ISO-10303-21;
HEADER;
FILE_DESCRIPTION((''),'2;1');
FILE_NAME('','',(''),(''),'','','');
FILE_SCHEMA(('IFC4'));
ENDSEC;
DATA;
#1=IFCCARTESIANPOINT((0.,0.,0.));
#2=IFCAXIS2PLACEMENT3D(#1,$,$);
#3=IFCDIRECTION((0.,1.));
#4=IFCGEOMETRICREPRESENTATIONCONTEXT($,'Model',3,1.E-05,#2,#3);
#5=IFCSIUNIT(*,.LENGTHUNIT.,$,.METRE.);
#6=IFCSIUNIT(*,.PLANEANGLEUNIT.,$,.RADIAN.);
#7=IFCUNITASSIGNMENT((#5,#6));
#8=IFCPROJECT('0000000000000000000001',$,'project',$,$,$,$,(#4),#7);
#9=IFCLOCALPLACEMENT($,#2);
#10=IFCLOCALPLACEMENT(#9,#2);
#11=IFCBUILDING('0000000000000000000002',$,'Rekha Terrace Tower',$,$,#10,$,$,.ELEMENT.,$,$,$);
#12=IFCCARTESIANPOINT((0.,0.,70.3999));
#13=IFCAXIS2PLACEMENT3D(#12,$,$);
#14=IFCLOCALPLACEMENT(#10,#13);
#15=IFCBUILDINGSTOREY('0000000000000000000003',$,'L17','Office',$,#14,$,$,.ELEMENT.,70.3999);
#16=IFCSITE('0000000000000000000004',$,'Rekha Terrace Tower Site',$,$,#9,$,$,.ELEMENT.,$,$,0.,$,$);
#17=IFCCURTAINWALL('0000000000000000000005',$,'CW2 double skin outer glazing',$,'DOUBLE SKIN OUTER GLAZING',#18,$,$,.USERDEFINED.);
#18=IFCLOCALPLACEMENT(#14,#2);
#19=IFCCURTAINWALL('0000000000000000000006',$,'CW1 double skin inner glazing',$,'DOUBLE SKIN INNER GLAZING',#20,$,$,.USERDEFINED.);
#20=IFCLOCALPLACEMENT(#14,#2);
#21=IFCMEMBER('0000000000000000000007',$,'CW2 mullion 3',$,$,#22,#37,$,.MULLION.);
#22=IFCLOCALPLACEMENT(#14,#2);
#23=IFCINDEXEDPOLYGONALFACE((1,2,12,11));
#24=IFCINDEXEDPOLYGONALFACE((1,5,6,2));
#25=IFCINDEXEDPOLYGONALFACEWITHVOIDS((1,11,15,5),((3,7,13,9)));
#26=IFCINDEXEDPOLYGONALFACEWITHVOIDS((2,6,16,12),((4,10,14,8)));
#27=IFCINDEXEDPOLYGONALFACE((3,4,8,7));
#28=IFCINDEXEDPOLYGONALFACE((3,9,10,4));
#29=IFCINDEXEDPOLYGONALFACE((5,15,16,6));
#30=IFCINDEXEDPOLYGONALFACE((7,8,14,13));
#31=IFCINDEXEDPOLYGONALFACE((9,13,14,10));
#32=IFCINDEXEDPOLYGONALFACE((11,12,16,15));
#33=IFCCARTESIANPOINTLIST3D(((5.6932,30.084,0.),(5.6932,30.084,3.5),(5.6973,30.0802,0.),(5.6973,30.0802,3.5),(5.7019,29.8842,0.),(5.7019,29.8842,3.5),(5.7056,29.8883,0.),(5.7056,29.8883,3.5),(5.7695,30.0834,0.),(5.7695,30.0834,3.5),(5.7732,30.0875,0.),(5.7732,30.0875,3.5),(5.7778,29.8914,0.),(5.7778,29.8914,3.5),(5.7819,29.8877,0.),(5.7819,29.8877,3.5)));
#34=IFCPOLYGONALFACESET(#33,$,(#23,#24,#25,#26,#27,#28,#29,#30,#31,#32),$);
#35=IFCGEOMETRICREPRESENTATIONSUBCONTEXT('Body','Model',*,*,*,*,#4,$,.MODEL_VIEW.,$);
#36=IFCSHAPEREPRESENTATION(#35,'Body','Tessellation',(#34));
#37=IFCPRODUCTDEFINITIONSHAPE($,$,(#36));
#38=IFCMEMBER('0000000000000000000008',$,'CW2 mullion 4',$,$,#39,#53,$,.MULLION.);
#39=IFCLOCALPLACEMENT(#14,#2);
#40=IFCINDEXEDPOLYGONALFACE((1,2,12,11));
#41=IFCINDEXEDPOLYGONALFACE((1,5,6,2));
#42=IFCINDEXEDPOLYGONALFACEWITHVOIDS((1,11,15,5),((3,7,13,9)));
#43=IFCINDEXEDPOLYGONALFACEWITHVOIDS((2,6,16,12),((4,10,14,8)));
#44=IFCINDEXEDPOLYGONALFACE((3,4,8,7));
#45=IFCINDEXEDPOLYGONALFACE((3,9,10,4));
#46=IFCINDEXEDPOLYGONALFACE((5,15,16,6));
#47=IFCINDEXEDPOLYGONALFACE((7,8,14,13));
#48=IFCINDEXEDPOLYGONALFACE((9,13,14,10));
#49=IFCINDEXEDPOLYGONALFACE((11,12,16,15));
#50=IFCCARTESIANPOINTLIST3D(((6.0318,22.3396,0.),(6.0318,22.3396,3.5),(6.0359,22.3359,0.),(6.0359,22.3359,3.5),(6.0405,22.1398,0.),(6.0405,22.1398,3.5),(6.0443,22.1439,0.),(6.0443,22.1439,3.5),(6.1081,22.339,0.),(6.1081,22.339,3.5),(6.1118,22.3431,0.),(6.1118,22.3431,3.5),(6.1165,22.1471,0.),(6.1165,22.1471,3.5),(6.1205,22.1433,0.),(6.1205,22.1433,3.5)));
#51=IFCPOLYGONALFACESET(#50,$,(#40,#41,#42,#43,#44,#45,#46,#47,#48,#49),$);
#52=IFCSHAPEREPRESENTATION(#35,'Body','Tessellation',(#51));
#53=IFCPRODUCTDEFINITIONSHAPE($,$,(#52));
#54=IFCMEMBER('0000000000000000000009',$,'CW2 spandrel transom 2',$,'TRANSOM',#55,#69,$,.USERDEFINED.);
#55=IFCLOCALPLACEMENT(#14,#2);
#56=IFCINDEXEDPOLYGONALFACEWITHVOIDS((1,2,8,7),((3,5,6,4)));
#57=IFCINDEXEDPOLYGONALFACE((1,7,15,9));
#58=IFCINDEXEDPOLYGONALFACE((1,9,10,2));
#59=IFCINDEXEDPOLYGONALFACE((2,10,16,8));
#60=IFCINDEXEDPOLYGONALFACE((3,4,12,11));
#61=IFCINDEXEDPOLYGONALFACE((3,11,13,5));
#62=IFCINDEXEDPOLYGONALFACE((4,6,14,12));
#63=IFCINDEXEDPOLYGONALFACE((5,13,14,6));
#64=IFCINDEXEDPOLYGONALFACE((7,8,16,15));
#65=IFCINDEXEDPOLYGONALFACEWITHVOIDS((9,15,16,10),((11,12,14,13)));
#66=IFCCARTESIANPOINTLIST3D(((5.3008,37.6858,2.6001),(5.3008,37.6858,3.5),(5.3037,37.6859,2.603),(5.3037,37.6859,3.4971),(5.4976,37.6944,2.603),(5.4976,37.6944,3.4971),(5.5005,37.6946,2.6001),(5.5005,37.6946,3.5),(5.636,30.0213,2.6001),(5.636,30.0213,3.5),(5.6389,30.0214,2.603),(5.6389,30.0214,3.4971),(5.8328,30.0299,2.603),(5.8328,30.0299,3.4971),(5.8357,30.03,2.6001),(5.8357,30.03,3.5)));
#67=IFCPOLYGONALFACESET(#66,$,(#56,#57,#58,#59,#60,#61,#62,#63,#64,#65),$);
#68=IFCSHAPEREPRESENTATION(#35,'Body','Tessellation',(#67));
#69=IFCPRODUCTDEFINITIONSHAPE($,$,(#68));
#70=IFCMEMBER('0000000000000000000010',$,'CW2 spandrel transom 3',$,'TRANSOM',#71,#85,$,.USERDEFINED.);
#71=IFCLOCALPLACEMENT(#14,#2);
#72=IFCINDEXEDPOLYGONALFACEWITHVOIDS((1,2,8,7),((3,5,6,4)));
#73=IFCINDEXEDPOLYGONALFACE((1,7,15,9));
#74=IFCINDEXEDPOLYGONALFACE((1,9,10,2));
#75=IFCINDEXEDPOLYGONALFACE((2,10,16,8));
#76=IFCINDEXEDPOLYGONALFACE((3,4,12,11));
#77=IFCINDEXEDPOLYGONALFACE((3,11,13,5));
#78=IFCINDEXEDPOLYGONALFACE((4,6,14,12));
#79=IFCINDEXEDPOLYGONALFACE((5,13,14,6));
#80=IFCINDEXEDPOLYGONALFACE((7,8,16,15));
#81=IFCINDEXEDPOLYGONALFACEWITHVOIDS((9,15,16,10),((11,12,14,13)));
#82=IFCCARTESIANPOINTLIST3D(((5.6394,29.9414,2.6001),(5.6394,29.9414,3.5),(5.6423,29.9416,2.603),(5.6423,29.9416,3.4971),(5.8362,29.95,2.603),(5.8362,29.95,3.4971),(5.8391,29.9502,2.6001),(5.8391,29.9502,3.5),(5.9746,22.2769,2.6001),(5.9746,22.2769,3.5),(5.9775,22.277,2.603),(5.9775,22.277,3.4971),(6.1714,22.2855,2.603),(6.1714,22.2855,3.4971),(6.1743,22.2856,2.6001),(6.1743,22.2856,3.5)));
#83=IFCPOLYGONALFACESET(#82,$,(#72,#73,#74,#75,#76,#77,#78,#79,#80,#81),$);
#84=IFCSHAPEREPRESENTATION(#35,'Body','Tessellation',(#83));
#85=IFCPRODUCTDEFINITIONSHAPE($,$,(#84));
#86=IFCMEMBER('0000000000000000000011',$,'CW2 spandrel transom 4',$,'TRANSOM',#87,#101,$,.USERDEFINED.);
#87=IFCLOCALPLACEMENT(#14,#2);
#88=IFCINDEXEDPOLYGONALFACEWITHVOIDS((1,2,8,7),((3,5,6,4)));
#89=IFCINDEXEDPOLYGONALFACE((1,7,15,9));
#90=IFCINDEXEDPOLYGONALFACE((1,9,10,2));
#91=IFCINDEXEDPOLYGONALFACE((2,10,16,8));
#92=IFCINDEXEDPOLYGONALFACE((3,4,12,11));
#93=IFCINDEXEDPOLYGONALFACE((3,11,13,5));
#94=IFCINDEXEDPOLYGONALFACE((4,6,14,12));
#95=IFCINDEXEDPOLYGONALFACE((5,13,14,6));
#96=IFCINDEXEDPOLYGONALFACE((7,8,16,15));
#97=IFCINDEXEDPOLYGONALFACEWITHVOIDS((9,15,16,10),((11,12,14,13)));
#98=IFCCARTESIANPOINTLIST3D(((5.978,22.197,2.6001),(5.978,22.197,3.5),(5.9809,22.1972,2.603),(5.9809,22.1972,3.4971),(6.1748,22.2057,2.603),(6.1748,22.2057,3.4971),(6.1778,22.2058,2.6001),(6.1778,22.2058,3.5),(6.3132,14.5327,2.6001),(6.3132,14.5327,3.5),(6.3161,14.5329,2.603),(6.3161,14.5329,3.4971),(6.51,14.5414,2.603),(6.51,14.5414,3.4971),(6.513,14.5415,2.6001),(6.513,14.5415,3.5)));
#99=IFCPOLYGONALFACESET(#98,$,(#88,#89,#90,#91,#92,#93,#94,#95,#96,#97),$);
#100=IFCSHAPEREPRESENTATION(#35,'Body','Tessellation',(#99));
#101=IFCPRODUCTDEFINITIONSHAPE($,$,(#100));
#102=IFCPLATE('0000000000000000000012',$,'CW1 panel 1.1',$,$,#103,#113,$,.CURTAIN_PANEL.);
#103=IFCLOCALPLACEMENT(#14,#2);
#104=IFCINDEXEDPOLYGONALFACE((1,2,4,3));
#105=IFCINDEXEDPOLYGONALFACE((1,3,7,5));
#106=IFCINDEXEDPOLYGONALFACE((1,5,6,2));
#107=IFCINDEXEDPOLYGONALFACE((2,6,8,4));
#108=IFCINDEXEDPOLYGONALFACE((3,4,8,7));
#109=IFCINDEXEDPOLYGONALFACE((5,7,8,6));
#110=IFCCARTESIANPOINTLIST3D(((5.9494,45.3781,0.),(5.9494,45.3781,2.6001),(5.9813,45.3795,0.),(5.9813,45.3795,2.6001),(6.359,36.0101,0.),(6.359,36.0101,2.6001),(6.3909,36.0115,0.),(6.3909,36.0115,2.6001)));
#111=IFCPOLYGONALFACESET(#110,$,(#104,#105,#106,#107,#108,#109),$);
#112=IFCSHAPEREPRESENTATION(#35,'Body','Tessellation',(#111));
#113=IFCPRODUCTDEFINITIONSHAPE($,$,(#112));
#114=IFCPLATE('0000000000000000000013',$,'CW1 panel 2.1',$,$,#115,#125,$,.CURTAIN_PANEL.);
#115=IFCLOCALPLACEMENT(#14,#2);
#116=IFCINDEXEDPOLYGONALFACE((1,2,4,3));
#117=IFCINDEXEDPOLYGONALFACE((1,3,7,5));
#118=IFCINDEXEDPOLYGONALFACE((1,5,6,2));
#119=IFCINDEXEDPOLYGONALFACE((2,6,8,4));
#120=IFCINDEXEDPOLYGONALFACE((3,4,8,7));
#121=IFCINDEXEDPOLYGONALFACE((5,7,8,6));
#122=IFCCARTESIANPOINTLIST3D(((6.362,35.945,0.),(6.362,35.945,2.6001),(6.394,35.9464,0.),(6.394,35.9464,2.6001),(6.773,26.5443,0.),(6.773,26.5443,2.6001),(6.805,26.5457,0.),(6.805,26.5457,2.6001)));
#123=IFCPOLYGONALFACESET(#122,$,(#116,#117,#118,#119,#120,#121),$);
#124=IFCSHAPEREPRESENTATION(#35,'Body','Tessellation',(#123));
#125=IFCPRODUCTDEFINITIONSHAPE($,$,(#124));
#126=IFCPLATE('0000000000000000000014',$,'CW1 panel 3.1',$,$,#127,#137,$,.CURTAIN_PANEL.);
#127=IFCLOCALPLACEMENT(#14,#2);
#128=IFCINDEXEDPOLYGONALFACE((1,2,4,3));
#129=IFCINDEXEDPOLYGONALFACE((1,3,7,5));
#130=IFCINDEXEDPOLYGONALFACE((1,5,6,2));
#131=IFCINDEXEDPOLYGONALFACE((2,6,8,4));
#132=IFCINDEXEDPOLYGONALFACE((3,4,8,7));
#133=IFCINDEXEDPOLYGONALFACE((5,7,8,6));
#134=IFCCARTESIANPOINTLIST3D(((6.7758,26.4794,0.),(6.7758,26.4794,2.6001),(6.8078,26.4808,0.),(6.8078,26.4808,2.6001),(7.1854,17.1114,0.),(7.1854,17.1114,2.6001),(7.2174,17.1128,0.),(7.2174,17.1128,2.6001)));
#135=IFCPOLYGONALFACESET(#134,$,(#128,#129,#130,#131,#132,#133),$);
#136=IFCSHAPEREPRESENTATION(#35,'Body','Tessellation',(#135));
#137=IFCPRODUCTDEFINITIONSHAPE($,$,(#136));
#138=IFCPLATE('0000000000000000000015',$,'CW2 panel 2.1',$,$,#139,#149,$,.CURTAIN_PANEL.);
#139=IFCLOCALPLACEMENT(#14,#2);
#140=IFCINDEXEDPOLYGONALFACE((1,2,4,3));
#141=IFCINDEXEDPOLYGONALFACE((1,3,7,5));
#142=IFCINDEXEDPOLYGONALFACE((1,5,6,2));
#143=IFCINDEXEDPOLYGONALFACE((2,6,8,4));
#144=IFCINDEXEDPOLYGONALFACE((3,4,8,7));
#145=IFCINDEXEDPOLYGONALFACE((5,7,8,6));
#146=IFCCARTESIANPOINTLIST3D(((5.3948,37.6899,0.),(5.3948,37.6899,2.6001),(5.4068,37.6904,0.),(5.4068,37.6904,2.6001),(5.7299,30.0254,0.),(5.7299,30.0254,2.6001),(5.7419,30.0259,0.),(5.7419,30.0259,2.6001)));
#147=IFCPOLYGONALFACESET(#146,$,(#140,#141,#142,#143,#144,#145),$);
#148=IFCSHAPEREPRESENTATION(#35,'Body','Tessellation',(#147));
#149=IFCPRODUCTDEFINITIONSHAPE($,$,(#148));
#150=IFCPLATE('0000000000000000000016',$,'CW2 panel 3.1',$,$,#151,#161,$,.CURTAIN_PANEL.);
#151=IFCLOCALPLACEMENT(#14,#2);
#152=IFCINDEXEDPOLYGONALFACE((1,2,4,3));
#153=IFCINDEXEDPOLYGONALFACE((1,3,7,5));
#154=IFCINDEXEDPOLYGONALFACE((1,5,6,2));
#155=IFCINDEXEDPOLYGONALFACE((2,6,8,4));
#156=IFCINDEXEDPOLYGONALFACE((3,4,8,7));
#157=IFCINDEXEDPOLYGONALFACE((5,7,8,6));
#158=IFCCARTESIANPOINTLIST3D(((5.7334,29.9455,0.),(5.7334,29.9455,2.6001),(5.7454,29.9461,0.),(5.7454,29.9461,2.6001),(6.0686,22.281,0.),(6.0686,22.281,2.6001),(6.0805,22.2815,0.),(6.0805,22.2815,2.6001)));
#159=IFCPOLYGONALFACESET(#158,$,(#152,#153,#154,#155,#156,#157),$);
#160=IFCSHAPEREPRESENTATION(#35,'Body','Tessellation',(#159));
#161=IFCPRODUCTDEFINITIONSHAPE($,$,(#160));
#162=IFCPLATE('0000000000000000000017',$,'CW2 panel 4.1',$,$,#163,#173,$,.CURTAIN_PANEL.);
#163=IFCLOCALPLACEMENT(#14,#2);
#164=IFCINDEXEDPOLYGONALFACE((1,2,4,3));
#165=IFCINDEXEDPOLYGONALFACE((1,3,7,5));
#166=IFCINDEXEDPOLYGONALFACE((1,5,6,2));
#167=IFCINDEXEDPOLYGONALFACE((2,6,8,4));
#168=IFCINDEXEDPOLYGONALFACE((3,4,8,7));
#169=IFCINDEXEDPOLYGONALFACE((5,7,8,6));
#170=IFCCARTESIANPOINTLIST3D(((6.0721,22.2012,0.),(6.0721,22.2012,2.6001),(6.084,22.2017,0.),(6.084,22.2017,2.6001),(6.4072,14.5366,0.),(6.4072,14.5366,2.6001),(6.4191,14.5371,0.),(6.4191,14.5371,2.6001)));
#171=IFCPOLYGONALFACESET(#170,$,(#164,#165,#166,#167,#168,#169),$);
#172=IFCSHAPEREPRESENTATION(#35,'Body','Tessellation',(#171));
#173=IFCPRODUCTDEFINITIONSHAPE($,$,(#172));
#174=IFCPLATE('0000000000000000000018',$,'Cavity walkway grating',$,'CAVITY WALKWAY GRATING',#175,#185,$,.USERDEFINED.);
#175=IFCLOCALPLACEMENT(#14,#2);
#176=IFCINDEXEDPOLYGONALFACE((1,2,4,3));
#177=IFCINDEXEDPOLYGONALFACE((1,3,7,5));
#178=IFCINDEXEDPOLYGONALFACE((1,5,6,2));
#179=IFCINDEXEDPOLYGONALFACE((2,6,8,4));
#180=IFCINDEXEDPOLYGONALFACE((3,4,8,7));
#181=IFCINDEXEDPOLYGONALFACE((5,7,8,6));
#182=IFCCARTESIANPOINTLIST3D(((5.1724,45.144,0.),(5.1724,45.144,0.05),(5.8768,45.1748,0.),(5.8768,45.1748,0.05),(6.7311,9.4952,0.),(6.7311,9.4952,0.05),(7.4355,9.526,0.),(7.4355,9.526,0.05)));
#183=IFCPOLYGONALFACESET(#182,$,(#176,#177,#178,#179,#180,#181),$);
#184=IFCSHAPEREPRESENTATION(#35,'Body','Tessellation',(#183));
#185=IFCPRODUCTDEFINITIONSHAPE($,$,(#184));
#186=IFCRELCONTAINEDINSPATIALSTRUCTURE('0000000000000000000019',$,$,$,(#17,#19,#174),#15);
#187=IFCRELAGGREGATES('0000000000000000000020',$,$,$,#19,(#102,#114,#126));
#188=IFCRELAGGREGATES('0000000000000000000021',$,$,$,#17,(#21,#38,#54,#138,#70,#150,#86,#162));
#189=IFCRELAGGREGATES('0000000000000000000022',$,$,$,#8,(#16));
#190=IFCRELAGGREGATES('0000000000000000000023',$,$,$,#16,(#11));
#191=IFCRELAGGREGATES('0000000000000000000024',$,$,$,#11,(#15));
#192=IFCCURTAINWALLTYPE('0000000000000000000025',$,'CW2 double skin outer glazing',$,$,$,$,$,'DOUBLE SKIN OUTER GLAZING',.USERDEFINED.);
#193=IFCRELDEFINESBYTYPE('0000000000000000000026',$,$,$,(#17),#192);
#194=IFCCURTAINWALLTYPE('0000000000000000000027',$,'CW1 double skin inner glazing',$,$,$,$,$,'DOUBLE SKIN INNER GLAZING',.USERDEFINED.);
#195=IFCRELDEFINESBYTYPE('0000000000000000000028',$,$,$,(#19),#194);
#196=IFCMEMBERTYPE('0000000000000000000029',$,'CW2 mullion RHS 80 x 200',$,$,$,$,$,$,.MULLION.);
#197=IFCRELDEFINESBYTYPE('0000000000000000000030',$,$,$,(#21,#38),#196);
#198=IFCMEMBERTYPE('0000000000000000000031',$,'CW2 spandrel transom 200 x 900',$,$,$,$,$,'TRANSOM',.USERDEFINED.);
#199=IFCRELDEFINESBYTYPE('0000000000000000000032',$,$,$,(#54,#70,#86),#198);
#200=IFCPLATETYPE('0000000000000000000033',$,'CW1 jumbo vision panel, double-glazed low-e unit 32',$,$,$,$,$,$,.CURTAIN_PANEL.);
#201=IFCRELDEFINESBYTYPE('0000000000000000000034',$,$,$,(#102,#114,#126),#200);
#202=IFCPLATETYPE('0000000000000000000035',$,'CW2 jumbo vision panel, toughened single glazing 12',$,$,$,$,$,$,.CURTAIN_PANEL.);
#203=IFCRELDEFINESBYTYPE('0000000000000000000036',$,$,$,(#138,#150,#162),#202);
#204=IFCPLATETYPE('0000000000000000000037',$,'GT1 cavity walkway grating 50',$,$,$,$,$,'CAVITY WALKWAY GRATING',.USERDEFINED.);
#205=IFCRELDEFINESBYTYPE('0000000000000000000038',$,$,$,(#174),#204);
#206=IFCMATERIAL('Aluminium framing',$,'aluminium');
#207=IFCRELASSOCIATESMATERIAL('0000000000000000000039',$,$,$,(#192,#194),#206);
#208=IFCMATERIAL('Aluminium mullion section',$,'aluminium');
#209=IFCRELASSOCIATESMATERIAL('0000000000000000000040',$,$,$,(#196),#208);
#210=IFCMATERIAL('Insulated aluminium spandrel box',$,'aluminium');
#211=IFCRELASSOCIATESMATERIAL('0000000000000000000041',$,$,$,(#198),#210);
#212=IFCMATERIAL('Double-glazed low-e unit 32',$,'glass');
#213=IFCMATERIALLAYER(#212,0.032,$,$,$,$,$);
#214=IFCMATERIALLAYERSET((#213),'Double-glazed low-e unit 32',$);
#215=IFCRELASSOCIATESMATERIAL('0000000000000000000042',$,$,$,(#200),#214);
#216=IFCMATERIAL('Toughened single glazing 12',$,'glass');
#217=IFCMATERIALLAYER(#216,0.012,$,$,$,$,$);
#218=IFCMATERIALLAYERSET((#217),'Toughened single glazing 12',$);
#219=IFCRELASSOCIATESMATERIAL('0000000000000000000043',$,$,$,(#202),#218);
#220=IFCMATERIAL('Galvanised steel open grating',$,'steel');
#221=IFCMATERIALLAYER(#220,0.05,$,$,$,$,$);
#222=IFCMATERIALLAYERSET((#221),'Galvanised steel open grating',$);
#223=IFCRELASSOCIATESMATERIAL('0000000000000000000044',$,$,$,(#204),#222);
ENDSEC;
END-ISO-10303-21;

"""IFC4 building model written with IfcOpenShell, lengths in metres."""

from ifc_helpers import new_model, si_unit, direction, frame, origin, origin_2d, place, context, subcontext, project, spatial, rectangle, hollow_rectangle, extrude, material, layer, layer_set, material_profile, profile_set, type_object, element, aggregate, save


model = new_model("IFC4")

# Units and contexts
model_context = context("Model", 3, precision=1e-05, world=origin(), true_north=direction((0.0, 1.0)))
body_context = subcontext(model_context, "Body", "Model", "MODEL_VIEW")
ifc_project = project(units=[si_unit("LENGTHUNIT", "METRE"), si_unit("PLANEANGLEUNIT", "RADIAN")], contexts=[model_context])

# Site, building, storey
site_placement = place(None, origin())
site = spatial("IfcSite", under=ifc_project, at=site_placement, Name="Rekha Terrace Tower Site", CompositionType="ELEMENT", RefElevation=0.0)
building_placement = place(site_placement, origin())
building = spatial("IfcBuilding", under=site, at=building_placement, Name="Rekha Terrace Tower", CompositionType="ELEMENT")
storey_placement = place(building_placement, frame((0.0, 0.0, 70.3999)))
storey = spatial("IfcBuildingStorey", under=building, at=storey_placement, Name="L17", Description="Office", CompositionType="ELEMENT", Elevation=70.3999)

# Curtain walls
ifc_material_1 = material(Name="Aluminium framing", Category="aluminium")
curtain_wall_type_1 = type_object("IfcCurtainWallType", Name="CW2 double skin outer glazing", ElementType="DOUBLE SKIN OUTER GLAZING", PredefinedType="USERDEFINED", material=ifc_material_1)
curtain_wall_1_placement = place(storey_placement, origin())
curtain_wall_1 = element("IfcCurtainWall", 1, at=curtain_wall_1_placement, inside=storey, type_object=curtain_wall_type_1, Name="CW2 double skin outer glazing", ObjectType="DOUBLE SKIN OUTER GLAZING", PredefinedType="USERDEFINED")
curtain_wall_type_2 = type_object("IfcCurtainWallType", Name="CW1 double skin inner glazing", ElementType="DOUBLE SKIN INNER GLAZING", PredefinedType="USERDEFINED", material=ifc_material_1)
curtain_wall_2_placement = place(storey_placement, origin())
curtain_wall_2 = element("IfcCurtainWall", 2, at=curtain_wall_2_placement, inside=storey, type_object=curtain_wall_type_2, Name="CW1 double skin inner glazing", ObjectType="DOUBLE SKIN INNER GLAZING", PredefinedType="USERDEFINED")
ifc_material_2 = material(Name="Aluminium mullion section", Category="aluminium")
ifc_material_3 = material(Name="Insulated aluminium spandrel box", Category="aluminium")

# Members
ifc_material_profile_1 = material_profile(ifc_material_2, hollow_rectangle(XDim=0.0801, YDim=0.2, WallThickness=0.0039, at=origin_2d()), Name="AL RHS 80x200")
ifc_profile_set_1 = profile_set([ifc_material_profile_1], Name="Aluminium mullion section")
member_type_1 = type_object("IfcMemberType", Name="CW2 mullion RHS 80 x 200", PredefinedType="MULLION", material=ifc_profile_set_1)
member_1_placement = place(storey_placement, frame((5.7375, 29.9858, 0.0), z_axis=(0.0, 0.0, 1.0), x_axis=(0.999045, 0.043683, 0.0)))
member_1 = element("IfcMember", 3, at=member_1_placement, type_object=member_type_1, Name="CW2 mullion 3", PredefinedType="MULLION", context=body_context, shape_type="SweptSolid", body=[
    extrude(hollow_rectangle(XDim=0.0801, YDim=0.2, WallThickness=0.0039, at=origin_2d()), origin(), (0.0, 0.0, 1.0), 3.5),
])
member_2_placement = place(storey_placement, frame((6.0762, 22.2415, 0.0), z_axis=(0.0, 0.0, 1.0), x_axis=(0.999045, 0.043683, 0.0)))
member_2 = element("IfcMember", 4, at=member_2_placement, type_object=member_type_1, Name="CW2 mullion 4", PredefinedType="MULLION", context=body_context, shape_type="SweptSolid", body=[
    extrude(hollow_rectangle(XDim=0.0801, YDim=0.2, WallThickness=0.0039, at=origin_2d()), origin(), (0.0, 0.0, 1.0), 3.5),
])
ifc_material_profile_2 = material_profile(ifc_material_3, hollow_rectangle(XDim=0.2, YDim=0.8999, WallThickness=0.0029, at=origin_2d()), Name="AL SPANDREL BOX 200x900")
ifc_profile_set_2 = profile_set([ifc_material_profile_2], Name="Insulated aluminium spandrel box")
member_type_2 = type_object("IfcMemberType", Name="CW2 spandrel transom 200 x 900", ElementType="TRANSOM", PredefinedType="USERDEFINED", material=ifc_profile_set_2)
member_3_placement = place(storey_placement, frame((5.4006, 37.6902, 3.05), z_axis=(0.043693, -0.999045, 0.0), x_axis=(0.999045, 0.043693, 0.0)))
member_3 = element("IfcMember", 5, at=member_3_placement, type_object=member_type_2, Name="CW2 spandrel transom 2", ObjectType="TRANSOM", PredefinedType="USERDEFINED", context=body_context, shape_type="SweptSolid", body=[
    extrude(hollow_rectangle(XDim=0.2, YDim=0.8999, WallThickness=0.0029, at=origin_2d()), origin(), (0.0, 0.0, 1.0), 7.6719),
])
member_4_placement = place(storey_placement, frame((5.7393, 29.9458, 3.05), z_axis=(0.043693, -0.999045, 0.0), x_axis=(0.999045, 0.043693, 0.0)))
member_4 = element("IfcMember", 6, at=member_4_placement, type_object=member_type_2, Name="CW2 spandrel transom 3", ObjectType="TRANSOM", PredefinedType="USERDEFINED", context=body_context, shape_type="SweptSolid", body=[
    extrude(hollow_rectangle(XDim=0.2, YDim=0.8999, WallThickness=0.0029, at=origin_2d()), origin(), (0.0, 0.0, 1.0), 7.6719),
])
member_5_placement = place(storey_placement, frame((6.0779, 22.2014, 3.05), z_axis=(0.043694, -0.999045, 0.0), x_axis=(0.999045, 0.043694, 0.0)))
member_5 = element("IfcMember", 7, at=member_5_placement, type_object=member_type_2, Name="CW2 spandrel transom 4", ObjectType="TRANSOM", PredefinedType="USERDEFINED", context=body_context, shape_type="SweptSolid", body=[
    extrude(hollow_rectangle(XDim=0.2, YDim=0.8999, WallThickness=0.0029, at=origin_2d()), origin(), (0.0, 0.0, 1.0), 7.6716),
])

# Plates
ifc_material_4 = material(Name="Double-glazed low-e unit 32", Category="glass")
ifc_layer_1 = layer(ifc_material_4, 0.032)
ifc_layer_set_1 = layer_set([ifc_layer_1], Name="Double-glazed low-e unit 32")
plate_type_1 = type_object("IfcPlateType", Name="CW1 jumbo vision panel, double-glazed low-e unit 32", PredefinedType="CURTAIN_PANEL", material=ifc_layer_set_1)
plate_1_placement = place(storey_placement, frame((6.1702, 40.6948, 0.0), z_axis=(0.0, 0.0, 1.0), x_axis=(0.043683, -0.999045, 0.0)))
plate_1 = element("IfcPlate", 8, at=plate_1_placement, type_object=plate_type_1, Name="CW1 panel 1.1", PredefinedType="CURTAIN_PANEL", context=body_context, shape_type="SweptSolid", body=[
    extrude(rectangle(XDim=9.377, YDim=0.032, at=origin_2d()), origin(), (0.0, 0.0, 1.0), 2.6001),
])
plate_2_placement = place(storey_placement, frame((6.5835, 31.2454, 0.0), z_axis=(0.0, 0.0, 1.0), x_axis=(0.043683, -0.999045, 0.0)))
plate_2 = element("IfcPlate", 9, at=plate_2_placement, type_object=plate_type_1, Name="CW1 panel 2.1", PredefinedType="CURTAIN_PANEL", context=body_context, shape_type="SweptSolid", body=[
    extrude(rectangle(XDim=9.4097, YDim=0.032, at=origin_2d()), origin(), (0.0, 0.0, 1.0), 2.6001),
])
plate_3_placement = place(storey_placement, frame((6.9966, 21.7961, 0.0), z_axis=(0.0, 0.0, 1.0), x_axis=(0.043683, -0.999045, 0.0)))
plate_3 = element("IfcPlate", 10, at=plate_3_placement, type_object=plate_type_1, Name="CW1 panel 3.1", PredefinedType="CURTAIN_PANEL", context=body_context, shape_type="SweptSolid", body=[
    extrude(rectangle(XDim=9.377, YDim=0.032, at=origin_2d()), origin(), (0.0, 0.0, 1.0), 2.6001),
])
aggregate(curtain_wall_2, [plate_1, plate_2, plate_3])
ifc_material_5 = material(Name="Toughened single glazing 12", Category="glass")
ifc_layer_2 = layer(ifc_material_5, 0.012)
ifc_layer_set_2 = layer_set([ifc_layer_2], Name="Toughened single glazing 12")
plate_type_2 = type_object("IfcPlateType", Name="CW2 jumbo vision panel, toughened single glazing 12", PredefinedType="CURTAIN_PANEL", material=ifc_layer_set_2)
plate_4_placement = place(storey_placement, frame((5.5684, 33.8579, 0.0), z_axis=(0.0, 0.0, 1.0), x_axis=(0.043683, -0.999045, 0.0)))
plate_4 = element("IfcPlate", 11, at=plate_4_placement, type_object=plate_type_2, Name="CW2 panel 2.1", PredefinedType="CURTAIN_PANEL", context=body_context, shape_type="SweptSolid", body=[
    extrude(rectangle(XDim=7.6719, YDim=0.012, at=origin_2d()), origin(), (0.0, 0.0, 1.0), 2.6001),
])
plate_5_placement = place(storey_placement, frame((5.907, 26.1135, 0.0), z_axis=(0.0, 0.0, 1.0), x_axis=(0.043683, -0.999045, 0.0)))
plate_5 = element("IfcPlate", 12, at=plate_5_placement, type_object=plate_type_2, Name="CW2 panel 3.1", PredefinedType="CURTAIN_PANEL", context=body_context, shape_type="SweptSolid", body=[
    extrude(rectangle(XDim=7.6719, YDim=0.012, at=origin_2d()), origin(), (0.0, 0.0, 1.0), 2.6001),
])
plate_6_placement = place(storey_placement, frame((6.2456, 18.3691, 0.0), z_axis=(0.0, 0.0, 1.0), x_axis=(0.043683, -0.999045, 0.0)))
plate_6 = element("IfcPlate", 13, at=plate_6_placement, type_object=plate_type_2, Name="CW2 panel 4.1", PredefinedType="CURTAIN_PANEL", context=body_context, shape_type="SweptSolid", body=[
    extrude(rectangle(XDim=7.6719, YDim=0.012, at=origin_2d()), origin(), (0.0, 0.0, 1.0), 2.6001),
])
aggregate(curtain_wall_1, [member_1, member_2, member_3, plate_4, member_4, plate_5, member_5, plate_6])
ifc_material_6 = material(Name="Galvanised steel open grating", Category="steel")
ifc_layer_3 = layer(ifc_material_6, 0.05)
ifc_layer_set_3 = layer_set([ifc_layer_3], Name="Galvanised steel open grating")
plate_type_3 = type_object("IfcPlateType", Name="GT1 cavity walkway grating 50", ElementType="CAVITY WALKWAY GRATING", PredefinedType="USERDEFINED", material=ifc_layer_set_3)
plate_7_placement = place(storey_placement, frame((6.304, 27.335, 0.0), z_axis=(0.0, 0.0, 1.0), x_axis=(0.043683, -0.999045, 0.0)))
element("IfcPlate", 14, at=plate_7_placement, inside=storey, type_object=plate_type_3, Name="Cavity walkway grating", ObjectType="CAVITY WALKWAY GRATING", PredefinedType="USERDEFINED", context=body_context, shape_type="SweptSolid", body=[
    extrude(rectangle(XDim=35.6829, YDim=0.7051, at=origin_2d()), origin(), (0.0, 0.0, 1.0), 0.05),
])

save(model, "model.ifc")
